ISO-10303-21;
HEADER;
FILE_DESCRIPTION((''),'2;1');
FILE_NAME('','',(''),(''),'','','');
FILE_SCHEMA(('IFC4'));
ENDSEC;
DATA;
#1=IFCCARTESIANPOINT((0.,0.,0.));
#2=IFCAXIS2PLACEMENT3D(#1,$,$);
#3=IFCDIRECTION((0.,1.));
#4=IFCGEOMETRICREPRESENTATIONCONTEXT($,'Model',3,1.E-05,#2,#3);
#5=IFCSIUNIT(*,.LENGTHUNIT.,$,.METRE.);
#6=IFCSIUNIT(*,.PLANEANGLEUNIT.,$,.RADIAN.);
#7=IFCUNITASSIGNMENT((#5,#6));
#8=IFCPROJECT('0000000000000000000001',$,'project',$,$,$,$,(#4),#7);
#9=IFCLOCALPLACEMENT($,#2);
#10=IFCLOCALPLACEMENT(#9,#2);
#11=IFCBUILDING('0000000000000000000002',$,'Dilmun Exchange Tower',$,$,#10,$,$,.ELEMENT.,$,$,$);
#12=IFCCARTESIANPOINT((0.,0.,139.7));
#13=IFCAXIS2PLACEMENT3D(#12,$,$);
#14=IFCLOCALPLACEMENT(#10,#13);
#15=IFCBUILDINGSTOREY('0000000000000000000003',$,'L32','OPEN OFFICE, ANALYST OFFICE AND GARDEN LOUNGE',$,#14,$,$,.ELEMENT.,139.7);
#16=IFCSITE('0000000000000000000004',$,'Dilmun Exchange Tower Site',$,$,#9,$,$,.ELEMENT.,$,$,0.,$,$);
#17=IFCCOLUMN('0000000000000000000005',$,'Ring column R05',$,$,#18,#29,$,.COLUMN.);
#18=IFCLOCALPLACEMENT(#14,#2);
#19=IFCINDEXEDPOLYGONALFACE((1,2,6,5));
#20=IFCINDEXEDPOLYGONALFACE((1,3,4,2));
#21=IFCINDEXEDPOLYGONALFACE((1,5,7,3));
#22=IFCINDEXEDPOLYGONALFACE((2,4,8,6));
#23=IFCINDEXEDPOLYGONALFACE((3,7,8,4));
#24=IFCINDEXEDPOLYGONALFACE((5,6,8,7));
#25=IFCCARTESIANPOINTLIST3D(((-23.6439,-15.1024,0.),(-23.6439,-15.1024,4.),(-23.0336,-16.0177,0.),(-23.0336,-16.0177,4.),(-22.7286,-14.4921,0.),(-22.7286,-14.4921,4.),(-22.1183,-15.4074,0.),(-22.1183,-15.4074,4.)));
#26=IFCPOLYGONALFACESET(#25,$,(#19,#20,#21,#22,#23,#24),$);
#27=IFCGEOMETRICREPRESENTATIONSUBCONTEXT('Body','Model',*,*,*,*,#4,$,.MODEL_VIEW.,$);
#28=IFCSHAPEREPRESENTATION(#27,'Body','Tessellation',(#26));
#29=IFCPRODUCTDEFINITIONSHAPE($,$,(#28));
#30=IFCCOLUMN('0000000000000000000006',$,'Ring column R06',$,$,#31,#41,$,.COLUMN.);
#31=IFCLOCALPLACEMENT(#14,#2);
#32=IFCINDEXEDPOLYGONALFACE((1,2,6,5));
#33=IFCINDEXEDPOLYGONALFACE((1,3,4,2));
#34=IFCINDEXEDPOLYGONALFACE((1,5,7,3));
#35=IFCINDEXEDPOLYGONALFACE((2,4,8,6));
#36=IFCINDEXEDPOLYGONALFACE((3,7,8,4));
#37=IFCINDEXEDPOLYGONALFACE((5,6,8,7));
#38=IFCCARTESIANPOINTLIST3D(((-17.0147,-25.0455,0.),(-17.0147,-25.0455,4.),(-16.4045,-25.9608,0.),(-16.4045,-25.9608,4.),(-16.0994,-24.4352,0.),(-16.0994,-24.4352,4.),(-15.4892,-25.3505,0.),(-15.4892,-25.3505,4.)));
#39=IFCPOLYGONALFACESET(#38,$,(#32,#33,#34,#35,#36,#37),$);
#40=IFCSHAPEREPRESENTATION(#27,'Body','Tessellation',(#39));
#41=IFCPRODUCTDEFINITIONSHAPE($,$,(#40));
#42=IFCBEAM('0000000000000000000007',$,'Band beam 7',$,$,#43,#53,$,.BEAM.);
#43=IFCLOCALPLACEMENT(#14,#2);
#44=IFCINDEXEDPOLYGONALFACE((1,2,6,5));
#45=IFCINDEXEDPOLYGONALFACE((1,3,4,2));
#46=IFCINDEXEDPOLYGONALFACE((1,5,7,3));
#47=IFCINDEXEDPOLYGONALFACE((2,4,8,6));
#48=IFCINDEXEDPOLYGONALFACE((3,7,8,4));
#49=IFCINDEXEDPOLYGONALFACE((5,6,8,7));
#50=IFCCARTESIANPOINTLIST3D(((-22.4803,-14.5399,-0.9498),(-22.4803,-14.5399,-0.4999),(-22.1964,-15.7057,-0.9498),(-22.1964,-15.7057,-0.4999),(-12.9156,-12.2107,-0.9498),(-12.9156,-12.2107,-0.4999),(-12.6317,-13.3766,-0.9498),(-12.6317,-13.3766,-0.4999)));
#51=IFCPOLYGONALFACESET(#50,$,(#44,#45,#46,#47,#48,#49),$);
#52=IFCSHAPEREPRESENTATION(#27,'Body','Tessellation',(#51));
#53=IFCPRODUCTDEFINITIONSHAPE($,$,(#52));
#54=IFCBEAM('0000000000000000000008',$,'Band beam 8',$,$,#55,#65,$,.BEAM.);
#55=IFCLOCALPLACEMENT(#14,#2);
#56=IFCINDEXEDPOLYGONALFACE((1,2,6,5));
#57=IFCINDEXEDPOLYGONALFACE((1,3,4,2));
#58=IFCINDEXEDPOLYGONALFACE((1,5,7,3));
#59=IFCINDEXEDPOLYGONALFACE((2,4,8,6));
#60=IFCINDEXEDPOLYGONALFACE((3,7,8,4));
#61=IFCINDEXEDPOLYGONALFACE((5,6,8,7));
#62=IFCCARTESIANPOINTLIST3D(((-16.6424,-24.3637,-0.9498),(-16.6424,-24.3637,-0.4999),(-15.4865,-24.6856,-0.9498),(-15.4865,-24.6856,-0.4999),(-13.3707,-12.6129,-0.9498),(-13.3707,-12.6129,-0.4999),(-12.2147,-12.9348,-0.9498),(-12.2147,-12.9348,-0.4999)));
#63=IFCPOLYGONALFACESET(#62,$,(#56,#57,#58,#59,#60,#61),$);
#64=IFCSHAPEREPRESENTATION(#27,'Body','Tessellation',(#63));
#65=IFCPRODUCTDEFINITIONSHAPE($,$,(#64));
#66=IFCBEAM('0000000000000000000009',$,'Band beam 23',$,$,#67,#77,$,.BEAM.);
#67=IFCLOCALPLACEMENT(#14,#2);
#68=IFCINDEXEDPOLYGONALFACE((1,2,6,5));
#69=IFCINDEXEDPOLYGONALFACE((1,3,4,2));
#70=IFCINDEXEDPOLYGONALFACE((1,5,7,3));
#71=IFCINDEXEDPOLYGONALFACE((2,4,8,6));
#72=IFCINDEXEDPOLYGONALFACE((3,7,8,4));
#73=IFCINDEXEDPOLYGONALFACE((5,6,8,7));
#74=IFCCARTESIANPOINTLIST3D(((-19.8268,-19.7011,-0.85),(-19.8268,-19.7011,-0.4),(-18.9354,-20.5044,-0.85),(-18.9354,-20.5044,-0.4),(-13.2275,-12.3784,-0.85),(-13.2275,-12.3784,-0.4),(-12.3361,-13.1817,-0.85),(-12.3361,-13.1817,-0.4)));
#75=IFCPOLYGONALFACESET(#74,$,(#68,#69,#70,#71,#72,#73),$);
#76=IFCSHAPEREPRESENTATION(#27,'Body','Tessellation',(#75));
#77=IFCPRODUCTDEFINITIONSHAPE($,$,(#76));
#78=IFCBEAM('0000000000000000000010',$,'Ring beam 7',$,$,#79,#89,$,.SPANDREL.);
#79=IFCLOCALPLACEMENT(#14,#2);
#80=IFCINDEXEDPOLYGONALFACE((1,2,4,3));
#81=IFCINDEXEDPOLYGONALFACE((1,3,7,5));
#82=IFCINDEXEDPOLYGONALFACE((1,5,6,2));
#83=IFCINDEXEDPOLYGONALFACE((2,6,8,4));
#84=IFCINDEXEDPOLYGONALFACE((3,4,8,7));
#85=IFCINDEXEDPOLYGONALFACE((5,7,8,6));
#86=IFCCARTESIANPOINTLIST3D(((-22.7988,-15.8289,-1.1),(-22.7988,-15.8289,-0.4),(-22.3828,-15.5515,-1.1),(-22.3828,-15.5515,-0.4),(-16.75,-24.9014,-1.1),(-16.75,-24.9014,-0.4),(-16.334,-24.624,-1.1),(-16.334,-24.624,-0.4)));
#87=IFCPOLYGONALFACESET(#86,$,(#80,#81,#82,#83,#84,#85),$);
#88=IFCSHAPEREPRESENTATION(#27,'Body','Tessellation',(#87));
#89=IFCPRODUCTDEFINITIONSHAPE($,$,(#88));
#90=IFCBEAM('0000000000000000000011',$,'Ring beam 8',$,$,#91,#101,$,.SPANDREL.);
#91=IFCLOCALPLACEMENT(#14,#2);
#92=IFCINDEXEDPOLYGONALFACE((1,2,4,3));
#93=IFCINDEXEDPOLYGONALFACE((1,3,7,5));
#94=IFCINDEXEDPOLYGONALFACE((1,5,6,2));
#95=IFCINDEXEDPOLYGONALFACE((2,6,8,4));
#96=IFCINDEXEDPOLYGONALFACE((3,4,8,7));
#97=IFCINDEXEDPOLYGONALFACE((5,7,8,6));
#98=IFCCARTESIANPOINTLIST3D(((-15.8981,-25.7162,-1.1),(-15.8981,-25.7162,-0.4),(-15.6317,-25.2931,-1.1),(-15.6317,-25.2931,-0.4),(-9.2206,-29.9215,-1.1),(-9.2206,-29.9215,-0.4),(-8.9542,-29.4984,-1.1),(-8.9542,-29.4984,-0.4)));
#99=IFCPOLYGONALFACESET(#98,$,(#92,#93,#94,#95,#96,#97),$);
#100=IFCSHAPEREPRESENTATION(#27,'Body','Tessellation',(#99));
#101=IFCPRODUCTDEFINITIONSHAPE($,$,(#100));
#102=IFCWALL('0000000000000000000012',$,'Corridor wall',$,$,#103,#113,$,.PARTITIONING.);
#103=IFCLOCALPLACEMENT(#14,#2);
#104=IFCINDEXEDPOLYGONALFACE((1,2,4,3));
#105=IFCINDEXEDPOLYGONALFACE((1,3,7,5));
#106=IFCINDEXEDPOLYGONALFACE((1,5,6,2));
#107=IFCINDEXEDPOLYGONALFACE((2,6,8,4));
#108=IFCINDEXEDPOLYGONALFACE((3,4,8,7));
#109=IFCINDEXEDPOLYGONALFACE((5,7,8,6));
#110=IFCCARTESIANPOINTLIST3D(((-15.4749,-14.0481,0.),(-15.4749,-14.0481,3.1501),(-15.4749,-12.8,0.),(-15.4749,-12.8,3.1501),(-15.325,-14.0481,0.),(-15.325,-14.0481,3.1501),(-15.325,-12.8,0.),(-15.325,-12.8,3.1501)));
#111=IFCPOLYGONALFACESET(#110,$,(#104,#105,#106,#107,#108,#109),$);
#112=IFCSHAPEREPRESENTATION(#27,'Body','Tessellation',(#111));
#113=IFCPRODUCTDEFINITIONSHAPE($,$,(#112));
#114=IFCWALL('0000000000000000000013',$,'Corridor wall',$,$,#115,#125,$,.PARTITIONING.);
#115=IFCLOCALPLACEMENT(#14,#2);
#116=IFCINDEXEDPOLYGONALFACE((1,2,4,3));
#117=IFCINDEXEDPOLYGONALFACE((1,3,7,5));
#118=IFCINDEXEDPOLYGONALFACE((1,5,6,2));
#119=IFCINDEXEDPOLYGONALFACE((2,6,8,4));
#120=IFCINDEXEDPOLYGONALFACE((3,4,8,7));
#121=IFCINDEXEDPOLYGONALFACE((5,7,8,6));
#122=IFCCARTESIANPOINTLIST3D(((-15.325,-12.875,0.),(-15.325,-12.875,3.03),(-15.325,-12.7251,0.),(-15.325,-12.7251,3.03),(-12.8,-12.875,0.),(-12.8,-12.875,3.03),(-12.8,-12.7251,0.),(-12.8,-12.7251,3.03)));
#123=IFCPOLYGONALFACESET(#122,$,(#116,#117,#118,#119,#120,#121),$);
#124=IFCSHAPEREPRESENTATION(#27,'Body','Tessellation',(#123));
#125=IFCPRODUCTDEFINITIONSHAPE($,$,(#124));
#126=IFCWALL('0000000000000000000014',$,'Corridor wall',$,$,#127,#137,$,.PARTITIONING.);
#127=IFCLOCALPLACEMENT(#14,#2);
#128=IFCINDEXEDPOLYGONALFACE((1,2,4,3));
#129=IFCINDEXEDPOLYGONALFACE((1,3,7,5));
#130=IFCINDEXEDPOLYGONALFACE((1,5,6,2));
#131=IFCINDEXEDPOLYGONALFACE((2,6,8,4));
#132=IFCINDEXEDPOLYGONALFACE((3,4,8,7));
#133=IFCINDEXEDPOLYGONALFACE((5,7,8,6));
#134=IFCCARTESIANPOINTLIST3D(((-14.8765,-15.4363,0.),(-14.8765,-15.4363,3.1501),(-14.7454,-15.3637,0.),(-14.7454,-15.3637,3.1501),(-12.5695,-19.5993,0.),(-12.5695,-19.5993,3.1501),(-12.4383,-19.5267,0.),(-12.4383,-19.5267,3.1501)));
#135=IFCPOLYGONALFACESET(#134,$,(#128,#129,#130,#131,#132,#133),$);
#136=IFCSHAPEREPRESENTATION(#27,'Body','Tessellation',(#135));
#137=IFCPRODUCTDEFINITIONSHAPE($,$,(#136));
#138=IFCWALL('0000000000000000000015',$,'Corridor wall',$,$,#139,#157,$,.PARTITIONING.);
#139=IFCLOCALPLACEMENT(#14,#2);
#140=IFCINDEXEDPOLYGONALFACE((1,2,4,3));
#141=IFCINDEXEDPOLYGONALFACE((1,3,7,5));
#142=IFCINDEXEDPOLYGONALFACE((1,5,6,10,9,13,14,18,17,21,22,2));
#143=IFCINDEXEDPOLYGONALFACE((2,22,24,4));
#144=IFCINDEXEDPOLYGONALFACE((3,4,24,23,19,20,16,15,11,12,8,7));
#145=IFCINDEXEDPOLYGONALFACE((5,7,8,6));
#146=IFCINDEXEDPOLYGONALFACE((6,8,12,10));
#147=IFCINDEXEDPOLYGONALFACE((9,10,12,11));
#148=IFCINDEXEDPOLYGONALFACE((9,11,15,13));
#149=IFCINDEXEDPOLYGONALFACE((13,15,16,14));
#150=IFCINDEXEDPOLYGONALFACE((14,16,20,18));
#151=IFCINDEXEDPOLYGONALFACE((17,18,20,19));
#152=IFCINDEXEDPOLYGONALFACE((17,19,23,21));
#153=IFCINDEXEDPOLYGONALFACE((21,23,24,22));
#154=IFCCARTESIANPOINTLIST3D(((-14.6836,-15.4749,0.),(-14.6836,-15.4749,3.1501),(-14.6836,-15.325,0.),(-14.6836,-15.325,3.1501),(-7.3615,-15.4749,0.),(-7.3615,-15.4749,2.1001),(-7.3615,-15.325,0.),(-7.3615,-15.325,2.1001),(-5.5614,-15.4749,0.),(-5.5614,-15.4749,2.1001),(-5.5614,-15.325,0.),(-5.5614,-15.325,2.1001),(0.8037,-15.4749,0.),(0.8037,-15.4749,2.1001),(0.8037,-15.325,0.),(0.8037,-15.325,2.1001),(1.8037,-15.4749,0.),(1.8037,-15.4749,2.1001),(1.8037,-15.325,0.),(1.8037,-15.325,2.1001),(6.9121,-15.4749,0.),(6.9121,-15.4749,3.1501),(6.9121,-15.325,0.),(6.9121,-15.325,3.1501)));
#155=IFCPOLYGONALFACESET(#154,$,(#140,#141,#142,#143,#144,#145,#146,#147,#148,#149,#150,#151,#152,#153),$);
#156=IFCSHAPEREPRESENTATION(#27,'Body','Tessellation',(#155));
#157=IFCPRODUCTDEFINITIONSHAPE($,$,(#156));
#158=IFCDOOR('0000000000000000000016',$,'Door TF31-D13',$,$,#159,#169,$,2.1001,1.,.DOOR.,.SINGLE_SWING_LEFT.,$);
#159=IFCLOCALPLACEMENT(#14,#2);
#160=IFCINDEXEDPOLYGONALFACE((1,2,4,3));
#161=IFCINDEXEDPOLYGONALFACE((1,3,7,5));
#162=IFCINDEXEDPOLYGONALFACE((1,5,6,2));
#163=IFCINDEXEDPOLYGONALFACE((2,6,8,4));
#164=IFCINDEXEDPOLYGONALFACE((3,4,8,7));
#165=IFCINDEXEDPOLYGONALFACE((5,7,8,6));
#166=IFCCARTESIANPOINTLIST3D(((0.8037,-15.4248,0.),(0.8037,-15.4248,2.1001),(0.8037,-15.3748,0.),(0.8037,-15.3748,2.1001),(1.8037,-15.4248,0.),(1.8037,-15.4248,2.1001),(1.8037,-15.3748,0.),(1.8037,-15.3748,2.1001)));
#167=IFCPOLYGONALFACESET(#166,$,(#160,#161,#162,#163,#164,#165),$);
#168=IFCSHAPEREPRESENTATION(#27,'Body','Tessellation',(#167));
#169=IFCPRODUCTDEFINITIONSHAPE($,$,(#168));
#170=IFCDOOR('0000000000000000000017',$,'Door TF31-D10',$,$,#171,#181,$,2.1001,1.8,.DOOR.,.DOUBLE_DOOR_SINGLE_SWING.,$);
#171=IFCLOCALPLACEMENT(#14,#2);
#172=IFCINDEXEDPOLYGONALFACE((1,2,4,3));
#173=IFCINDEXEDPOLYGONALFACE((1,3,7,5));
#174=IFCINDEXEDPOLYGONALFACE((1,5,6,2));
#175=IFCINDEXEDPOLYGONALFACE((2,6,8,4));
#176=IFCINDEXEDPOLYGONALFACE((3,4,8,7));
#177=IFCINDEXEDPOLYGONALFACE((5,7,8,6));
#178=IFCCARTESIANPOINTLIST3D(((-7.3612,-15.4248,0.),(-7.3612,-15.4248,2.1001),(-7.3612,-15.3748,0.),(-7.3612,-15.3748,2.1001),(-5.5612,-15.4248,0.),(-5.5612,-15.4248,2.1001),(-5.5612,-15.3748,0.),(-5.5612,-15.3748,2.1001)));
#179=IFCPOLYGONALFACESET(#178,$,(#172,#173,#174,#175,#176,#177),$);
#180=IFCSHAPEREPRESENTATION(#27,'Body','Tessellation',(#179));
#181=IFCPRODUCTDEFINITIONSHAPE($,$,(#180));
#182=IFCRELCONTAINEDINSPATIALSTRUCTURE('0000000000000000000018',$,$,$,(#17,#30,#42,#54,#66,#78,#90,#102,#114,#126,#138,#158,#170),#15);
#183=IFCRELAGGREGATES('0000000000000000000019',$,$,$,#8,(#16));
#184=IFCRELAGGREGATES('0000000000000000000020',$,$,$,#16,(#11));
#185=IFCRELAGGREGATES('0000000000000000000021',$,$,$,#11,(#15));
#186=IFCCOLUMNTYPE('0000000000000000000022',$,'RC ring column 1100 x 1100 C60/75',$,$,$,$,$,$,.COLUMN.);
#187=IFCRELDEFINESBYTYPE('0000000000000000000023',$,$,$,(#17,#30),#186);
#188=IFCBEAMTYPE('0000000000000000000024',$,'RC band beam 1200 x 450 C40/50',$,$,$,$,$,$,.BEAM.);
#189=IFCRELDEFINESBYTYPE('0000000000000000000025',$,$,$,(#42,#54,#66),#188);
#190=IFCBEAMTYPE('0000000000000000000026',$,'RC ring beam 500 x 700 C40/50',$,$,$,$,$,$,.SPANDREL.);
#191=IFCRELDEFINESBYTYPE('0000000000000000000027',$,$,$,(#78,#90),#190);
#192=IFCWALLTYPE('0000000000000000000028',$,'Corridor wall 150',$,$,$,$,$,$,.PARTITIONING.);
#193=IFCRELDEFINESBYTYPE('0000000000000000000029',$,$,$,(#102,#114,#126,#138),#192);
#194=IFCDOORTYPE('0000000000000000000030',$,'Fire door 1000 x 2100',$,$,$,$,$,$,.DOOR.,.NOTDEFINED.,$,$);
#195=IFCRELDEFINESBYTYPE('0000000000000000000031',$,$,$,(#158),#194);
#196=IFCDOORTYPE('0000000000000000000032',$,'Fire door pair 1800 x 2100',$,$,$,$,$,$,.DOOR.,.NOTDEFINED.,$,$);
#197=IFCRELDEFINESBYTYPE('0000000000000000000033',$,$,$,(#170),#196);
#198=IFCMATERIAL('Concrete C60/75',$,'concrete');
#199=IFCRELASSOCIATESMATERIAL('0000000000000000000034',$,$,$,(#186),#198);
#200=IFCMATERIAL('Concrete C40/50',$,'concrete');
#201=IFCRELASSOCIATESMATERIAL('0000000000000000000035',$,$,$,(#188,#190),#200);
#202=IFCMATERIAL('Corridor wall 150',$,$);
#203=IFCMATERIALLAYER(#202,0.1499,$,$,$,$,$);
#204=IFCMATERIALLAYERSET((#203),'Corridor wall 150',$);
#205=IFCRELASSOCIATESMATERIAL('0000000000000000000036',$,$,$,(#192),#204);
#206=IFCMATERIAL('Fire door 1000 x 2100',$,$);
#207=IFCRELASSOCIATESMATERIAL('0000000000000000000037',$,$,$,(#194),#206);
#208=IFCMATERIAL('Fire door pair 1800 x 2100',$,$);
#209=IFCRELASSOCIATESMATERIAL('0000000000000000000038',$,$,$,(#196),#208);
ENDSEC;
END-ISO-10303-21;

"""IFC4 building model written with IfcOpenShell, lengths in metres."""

from ifc_helpers import new_model, si_unit, direction, frame, frame_2d, origin, origin_2d, place, context, subcontext, project, spatial, rectangle, extrude, material, layer, layer_set, material_profile, profile_set, type_object, element, fill, save


model = new_model("IFC4")

# Units and contexts
model_context = context("Model", 3, precision=1e-05, world=origin(), true_north=direction((0.0, 1.0)))
body_context = subcontext(model_context, "Body", "Model", "MODEL_VIEW")
ifc_project = project(units=[si_unit("LENGTHUNIT", "METRE"), si_unit("PLANEANGLEUNIT", "RADIAN")], contexts=[model_context])

# Site, building, storey
site_placement = place(None, origin())
site = spatial("IfcSite", under=ifc_project, at=site_placement, Name="Dilmun Exchange Tower Site", CompositionType="ELEMENT", RefElevation=0.0)
building_placement = place(site_placement, origin())
building = spatial("IfcBuilding", under=site, at=building_placement, Name="Dilmun Exchange Tower", CompositionType="ELEMENT")
storey_placement = place(building_placement, frame((0.0, 0.0, 139.7)))
storey = spatial("IfcBuildingStorey", under=building, at=storey_placement, Name="L32", Description="OPEN OFFICE, ANALYST OFFICE AND GARDEN LOUNGE", CompositionType="ELEMENT", Elevation=139.7)

# Columns
ifc_material_1 = material(Name="Concrete C60/75", Category="concrete")
ifc_material_profile_1 = material_profile(ifc_material_1, rectangle(XDim=1.1001, YDim=1.1001, at=origin_2d()), Name="1100 x 1100")
ifc_profile_set_1 = profile_set([ifc_material_profile_1], Name="Concrete C60/75")
column_type = type_object("IfcColumnType", Name="RC ring column 1100 x 1100 C60/75", PredefinedType="COLUMN", material=ifc_profile_set_1)
for number, where, z_axis, x_axis, name in (
    (1, (-22.8811, -15.2549, 0.0), (0.0, 0.0, 1.0), (0.832029, 0.554733, 0.0), "Ring column R05"),
    (2, (-16.252, -25.198, 0.0), (0.0, 0.0, 1.0), (0.832029, 0.554733, 0.0), "Ring column R06"),
):
    element("IfcColumn", number, at=place(storey_placement, frame(where, z_axis=z_axis, x_axis=x_axis)), inside=storey, type_object=column_type, Name=name, PredefinedType="COLUMN", context=body_context, shape_type="SweptSolid", body=[
        extrude(rectangle(XDim=1.1001, YDim=1.1001, at=origin_2d()), origin(), (0.0, 0.0, 1.0), 4.0),
    ])

# Beams
ifc_material_2 = material(Name="Concrete C40/50", Category="concrete")
ifc_material_profile_2 = material_profile(ifc_material_2, rectangle(XDim=1.2, YDim=0.45, at=origin_2d()), Name="1200 x 450")
ifc_profile_set_2 = profile_set([ifc_material_profile_2], Name="Concrete C40/50")
beam_type_1 = type_object("IfcBeamType", Name="RC band beam 1200 x 450 C40/50", PredefinedType="BEAM", material=ifc_profile_set_2)
beam_1_placement = place(storey_placement, frame((-22.3384, -15.1228, -0.7249), z_axis=(0.971608, 0.236596, 0.0), x_axis=(-0.236596, 0.971608, 0.0)))
element("IfcBeam", 3, at=beam_1_placement, inside=storey, type_object=beam_type_1, Name="Band beam 7", PredefinedType="BEAM", context=body_context, shape_type="SweptSolid", body=[
    extrude(rectangle(XDim=1.2, YDim=0.45, at=origin_2d()), origin(), (0.0, 0.0, 1.0), 9.8442),
])
beam_2_placement = place(storey_placement, frame((-16.0645, -24.5247, -0.7249), z_axis=(0.268225, 0.963356, 0.0), x_axis=(-0.963356, 0.268225, 0.0)))
element("IfcBeam", 4, at=beam_2_placement, inside=storey, type_object=beam_type_1, Name="Band beam 8", PredefinedType="BEAM", context=body_context, shape_type="SweptSolid", body=[
    extrude(rectangle(XDim=1.2, YDim=0.45, at=origin_2d()), origin(), (0.0, 0.0, 1.0), 12.1978),
])
beam_3_placement = place(storey_placement, frame((-19.3811, -20.1028, -0.625), z_axis=(0.669463, 0.742846, 0.0), x_axis=(-0.742846, 0.669463, 0.0)))
element("IfcBeam", 5, at=beam_3_placement, inside=storey, type_object=beam_type_1, Name="Band beam 23", PredefinedType="BEAM", context=body_context, shape_type="SweptSolid", body=[
    extrude(rectangle(XDim=1.2, YDim=0.45, at=origin_2d()), origin(), (0.0, 0.0, 1.0), 9.8577),
])
ifc_material_profile_3 = material_profile(ifc_material_2, rectangle(XDim=0.5, YDim=0.7, at=origin_2d()), Name="500 x 700")
ifc_profile_set_3 = profile_set([ifc_material_profile_3], Name="Concrete C40/50")
beam_type_2 = type_object("IfcBeamType", Name="RC ring beam 500 x 700 C40/50", PredefinedType="SPANDREL", material=ifc_profile_set_3)
beam_4_placement = place(storey_placement, frame((-22.5908, -15.6902, -0.75), z_axis=(0.554731, -0.83203, 0.0), x_axis=(0.83203, 0.554731, 0.0)))
element("IfcBeam", 6, at=beam_4_placement, inside=storey, type_object=beam_type_2, Name="Ring beam 7", PredefinedType="SPANDREL", context=body_context, shape_type="SweptSolid", body=[
    extrude(rectangle(XDim=0.5, YDim=0.7, at=origin_2d()), origin(), (0.0, 0.0, 1.0), 10.9041),
])
beam_5_placement = place(storey_placement, frame((-15.7649, -25.5046, -0.75), z_axis=(0.846177, -0.532902, 0.0), x_axis=(0.532902, 0.846177, 0.0)))
element("IfcBeam", 7, at=beam_5_placement, inside=storey, type_object=beam_type_2, Name="Ring beam 8", PredefinedType="SPANDREL", context=body_context, shape_type="SweptSolid", body=[
    extrude(rectangle(XDim=0.5, YDim=0.7, at=origin_2d()), origin(), (0.0, 0.0, 1.0), 7.8914),
])

# Walls
ifc_material_3 = material(Name="Corridor wall 150")
ifc_layer_1 = layer(ifc_material_3, 0.1499)
ifc_layer_set_1 = layer_set([ifc_layer_1], Name="Corridor wall 150")
wall_type_1 = type_object("IfcWallType", Name="Corridor wall 150", PredefinedType="PARTITIONING", material=ifc_layer_set_1)
wall_1_placement = place(storey_placement, frame((-15.3999, -14.0481, 0.0), z_axis=(0.0, 0.0, 1.0), x_axis=(0.0, 1.0, 0.0)))
element("IfcWall", 8, at=wall_1_placement, inside=storey, type_object=wall_type_1, Name="Corridor wall", PredefinedType="PARTITIONING", context=body_context, shape_type="SweptSolid", body=[
    extrude(rectangle(XDim=1.248, YDim=0.1499, at=frame_2d((0.624, 0.0))), origin(), (0.0, 0.0, 1.0), 3.1501),
])
wall_2_placement = place(storey_placement, frame((-15.325, -12.8, 0.0), z_axis=(0.0, 0.0, 1.0), x_axis=(1.0, 0.0, 0.0)))
element("IfcWall", 9, at=wall_2_placement, inside=storey, type_object=wall_type_1, Name="Corridor wall", PredefinedType="PARTITIONING", context=body_context, shape_type="SweptSolid", body=[
    extrude(rectangle(XDim=2.5249, YDim=0.1499, at=frame_2d((1.2625, 0.0))), origin(), (0.0, 0.0, 1.0), 3.03),
])
wall_3_placement = place(storey_placement, frame((-14.811, -15.3999, 0.0), z_axis=(0.0, 0.0, 1.0), x_axis=(0.484728, -0.874665, 0.0)))
element("IfcWall", 10, at=wall_3_placement, inside=storey, type_object=wall_type_1, Name="Corridor wall", PredefinedType="PARTITIONING", context=body_context, shape_type="SweptSolid", body=[
    extrude(rectangle(XDim=4.7595, YDim=0.1499, at=frame_2d((2.3799, 0.0))), origin(), (0.0, 0.0, 1.0), 3.1501),
])

# Wall, openings, doors
wall_4_placement = place(storey_placement, frame((-14.6836, -15.3999, 0.0), z_axis=(0.0, 0.0, 1.0), x_axis=(1.0, 0.0, 0.0)))
wall_4 = element("IfcWall", 11, at=wall_4_placement, inside=storey, type_object=wall_type_1, Name="Corridor wall", PredefinedType="PARTITIONING", context=body_context, shape_type="SweptSolid", body=[
    extrude(rectangle(XDim=21.5957, YDim=0.1499, at=frame_2d((10.7979, 0.0))), origin(), (0.0, 0.0, 1.0), 3.1501),
])
opening_1_placement = place(wall_4_placement, frame((7.3223, 0.0, 0.0)))
opening_1 = element("IfcOpeningElement", 12, at=opening_1_placement, cuts=wall_4, PredefinedType="OPENING", context=body_context, shape_type="SweptSolid", body=[
    extrude(rectangle(XDim=1.8, YDim=2.1001, at=frame_2d((0.8999, 1.05))), frame((0.0, 0.085, 0.0), z_axis=(0.0, -1.0, 0.0), x_axis=(1.0, 0.0, 0.0)), (0.0, 0.0, 1.0), 0.1699),
])
opening_2_placement = place(wall_4_placement, frame((15.4873, 0.0, 0.0)))
opening_2 = element("IfcOpeningElement", 13, at=opening_2_placement, cuts=wall_4, PredefinedType="OPENING", context=body_context, shape_type="SweptSolid", body=[
    extrude(rectangle(XDim=1.0, YDim=2.1001, at=frame_2d((0.5, 1.05))), frame((0.0, 0.085, 0.0), z_axis=(0.0, -1.0, 0.0), x_axis=(1.0, 0.0, 0.0)), (0.0, 0.0, 1.0), 0.1699),
])
ifc_material_4 = material(Name="Fire door 1000 x 2100")
door_type_1 = type_object("IfcDoorType", Name="Fire door 1000 x 2100", OperationType="NOTDEFINED", PredefinedType="DOOR", material=ifc_material_4)
door_1_placement = place(opening_2_placement, frame((1.0, 0.0, 0.0), z_axis=(0.0, 0.0, 1.0), x_axis=(-1.0, 0.0, 0.0)))
door_1 = element("IfcDoor", 14, at=door_1_placement, inside=storey, type_object=door_type_1, Name="Door TF31-D13", OperationType="SINGLE_SWING_LEFT", OverallHeight=2.1001, OverallWidth=1.0, PredefinedType="DOOR", context=body_context, shape_type="SweptSolid", body=[
    extrude(rectangle(XDim=1.0, YDim=2.1001, at=frame_2d((0.5, 1.05))), frame((0.0, 0.0249, 0.0), z_axis=(0.0, -1.0, 0.0), x_axis=(1.0, 0.0, 0.0)), (0.0, 0.0, 1.0), 0.05),
])
fill(opening_2, door_1)
ifc_material_5 = material(Name="Fire door pair 1800 x 2100")
door_type_2 = type_object("IfcDoorType", Name="Fire door pair 1800 x 2100", OperationType="NOTDEFINED", PredefinedType="DOOR", material=ifc_material_5)
door_2_placement = place(opening_1_placement, frame((1.8, 0.0, 0.0), z_axis=(0.0, 0.0, 1.0), x_axis=(-1.0, 0.0, 0.0)))
door_2 = element("IfcDoor", 15, at=door_2_placement, inside=storey, type_object=door_type_2, Name="Door TF31-D10", OperationType="DOUBLE_DOOR_SINGLE_SWING", OverallHeight=2.1001, OverallWidth=1.8, PredefinedType="DOOR", context=body_context, shape_type="SweptSolid", body=[
    extrude(rectangle(XDim=1.8, YDim=2.1001, at=frame_2d((0.8999, 1.05))), frame((0.0, 0.0249, 0.0), z_axis=(0.0, -1.0, 0.0), x_axis=(1.0, 0.0, 0.0)), (0.0, 0.0, 1.0), 0.05),
])
fill(opening_1, door_2)

save(model, "model.ifc")
